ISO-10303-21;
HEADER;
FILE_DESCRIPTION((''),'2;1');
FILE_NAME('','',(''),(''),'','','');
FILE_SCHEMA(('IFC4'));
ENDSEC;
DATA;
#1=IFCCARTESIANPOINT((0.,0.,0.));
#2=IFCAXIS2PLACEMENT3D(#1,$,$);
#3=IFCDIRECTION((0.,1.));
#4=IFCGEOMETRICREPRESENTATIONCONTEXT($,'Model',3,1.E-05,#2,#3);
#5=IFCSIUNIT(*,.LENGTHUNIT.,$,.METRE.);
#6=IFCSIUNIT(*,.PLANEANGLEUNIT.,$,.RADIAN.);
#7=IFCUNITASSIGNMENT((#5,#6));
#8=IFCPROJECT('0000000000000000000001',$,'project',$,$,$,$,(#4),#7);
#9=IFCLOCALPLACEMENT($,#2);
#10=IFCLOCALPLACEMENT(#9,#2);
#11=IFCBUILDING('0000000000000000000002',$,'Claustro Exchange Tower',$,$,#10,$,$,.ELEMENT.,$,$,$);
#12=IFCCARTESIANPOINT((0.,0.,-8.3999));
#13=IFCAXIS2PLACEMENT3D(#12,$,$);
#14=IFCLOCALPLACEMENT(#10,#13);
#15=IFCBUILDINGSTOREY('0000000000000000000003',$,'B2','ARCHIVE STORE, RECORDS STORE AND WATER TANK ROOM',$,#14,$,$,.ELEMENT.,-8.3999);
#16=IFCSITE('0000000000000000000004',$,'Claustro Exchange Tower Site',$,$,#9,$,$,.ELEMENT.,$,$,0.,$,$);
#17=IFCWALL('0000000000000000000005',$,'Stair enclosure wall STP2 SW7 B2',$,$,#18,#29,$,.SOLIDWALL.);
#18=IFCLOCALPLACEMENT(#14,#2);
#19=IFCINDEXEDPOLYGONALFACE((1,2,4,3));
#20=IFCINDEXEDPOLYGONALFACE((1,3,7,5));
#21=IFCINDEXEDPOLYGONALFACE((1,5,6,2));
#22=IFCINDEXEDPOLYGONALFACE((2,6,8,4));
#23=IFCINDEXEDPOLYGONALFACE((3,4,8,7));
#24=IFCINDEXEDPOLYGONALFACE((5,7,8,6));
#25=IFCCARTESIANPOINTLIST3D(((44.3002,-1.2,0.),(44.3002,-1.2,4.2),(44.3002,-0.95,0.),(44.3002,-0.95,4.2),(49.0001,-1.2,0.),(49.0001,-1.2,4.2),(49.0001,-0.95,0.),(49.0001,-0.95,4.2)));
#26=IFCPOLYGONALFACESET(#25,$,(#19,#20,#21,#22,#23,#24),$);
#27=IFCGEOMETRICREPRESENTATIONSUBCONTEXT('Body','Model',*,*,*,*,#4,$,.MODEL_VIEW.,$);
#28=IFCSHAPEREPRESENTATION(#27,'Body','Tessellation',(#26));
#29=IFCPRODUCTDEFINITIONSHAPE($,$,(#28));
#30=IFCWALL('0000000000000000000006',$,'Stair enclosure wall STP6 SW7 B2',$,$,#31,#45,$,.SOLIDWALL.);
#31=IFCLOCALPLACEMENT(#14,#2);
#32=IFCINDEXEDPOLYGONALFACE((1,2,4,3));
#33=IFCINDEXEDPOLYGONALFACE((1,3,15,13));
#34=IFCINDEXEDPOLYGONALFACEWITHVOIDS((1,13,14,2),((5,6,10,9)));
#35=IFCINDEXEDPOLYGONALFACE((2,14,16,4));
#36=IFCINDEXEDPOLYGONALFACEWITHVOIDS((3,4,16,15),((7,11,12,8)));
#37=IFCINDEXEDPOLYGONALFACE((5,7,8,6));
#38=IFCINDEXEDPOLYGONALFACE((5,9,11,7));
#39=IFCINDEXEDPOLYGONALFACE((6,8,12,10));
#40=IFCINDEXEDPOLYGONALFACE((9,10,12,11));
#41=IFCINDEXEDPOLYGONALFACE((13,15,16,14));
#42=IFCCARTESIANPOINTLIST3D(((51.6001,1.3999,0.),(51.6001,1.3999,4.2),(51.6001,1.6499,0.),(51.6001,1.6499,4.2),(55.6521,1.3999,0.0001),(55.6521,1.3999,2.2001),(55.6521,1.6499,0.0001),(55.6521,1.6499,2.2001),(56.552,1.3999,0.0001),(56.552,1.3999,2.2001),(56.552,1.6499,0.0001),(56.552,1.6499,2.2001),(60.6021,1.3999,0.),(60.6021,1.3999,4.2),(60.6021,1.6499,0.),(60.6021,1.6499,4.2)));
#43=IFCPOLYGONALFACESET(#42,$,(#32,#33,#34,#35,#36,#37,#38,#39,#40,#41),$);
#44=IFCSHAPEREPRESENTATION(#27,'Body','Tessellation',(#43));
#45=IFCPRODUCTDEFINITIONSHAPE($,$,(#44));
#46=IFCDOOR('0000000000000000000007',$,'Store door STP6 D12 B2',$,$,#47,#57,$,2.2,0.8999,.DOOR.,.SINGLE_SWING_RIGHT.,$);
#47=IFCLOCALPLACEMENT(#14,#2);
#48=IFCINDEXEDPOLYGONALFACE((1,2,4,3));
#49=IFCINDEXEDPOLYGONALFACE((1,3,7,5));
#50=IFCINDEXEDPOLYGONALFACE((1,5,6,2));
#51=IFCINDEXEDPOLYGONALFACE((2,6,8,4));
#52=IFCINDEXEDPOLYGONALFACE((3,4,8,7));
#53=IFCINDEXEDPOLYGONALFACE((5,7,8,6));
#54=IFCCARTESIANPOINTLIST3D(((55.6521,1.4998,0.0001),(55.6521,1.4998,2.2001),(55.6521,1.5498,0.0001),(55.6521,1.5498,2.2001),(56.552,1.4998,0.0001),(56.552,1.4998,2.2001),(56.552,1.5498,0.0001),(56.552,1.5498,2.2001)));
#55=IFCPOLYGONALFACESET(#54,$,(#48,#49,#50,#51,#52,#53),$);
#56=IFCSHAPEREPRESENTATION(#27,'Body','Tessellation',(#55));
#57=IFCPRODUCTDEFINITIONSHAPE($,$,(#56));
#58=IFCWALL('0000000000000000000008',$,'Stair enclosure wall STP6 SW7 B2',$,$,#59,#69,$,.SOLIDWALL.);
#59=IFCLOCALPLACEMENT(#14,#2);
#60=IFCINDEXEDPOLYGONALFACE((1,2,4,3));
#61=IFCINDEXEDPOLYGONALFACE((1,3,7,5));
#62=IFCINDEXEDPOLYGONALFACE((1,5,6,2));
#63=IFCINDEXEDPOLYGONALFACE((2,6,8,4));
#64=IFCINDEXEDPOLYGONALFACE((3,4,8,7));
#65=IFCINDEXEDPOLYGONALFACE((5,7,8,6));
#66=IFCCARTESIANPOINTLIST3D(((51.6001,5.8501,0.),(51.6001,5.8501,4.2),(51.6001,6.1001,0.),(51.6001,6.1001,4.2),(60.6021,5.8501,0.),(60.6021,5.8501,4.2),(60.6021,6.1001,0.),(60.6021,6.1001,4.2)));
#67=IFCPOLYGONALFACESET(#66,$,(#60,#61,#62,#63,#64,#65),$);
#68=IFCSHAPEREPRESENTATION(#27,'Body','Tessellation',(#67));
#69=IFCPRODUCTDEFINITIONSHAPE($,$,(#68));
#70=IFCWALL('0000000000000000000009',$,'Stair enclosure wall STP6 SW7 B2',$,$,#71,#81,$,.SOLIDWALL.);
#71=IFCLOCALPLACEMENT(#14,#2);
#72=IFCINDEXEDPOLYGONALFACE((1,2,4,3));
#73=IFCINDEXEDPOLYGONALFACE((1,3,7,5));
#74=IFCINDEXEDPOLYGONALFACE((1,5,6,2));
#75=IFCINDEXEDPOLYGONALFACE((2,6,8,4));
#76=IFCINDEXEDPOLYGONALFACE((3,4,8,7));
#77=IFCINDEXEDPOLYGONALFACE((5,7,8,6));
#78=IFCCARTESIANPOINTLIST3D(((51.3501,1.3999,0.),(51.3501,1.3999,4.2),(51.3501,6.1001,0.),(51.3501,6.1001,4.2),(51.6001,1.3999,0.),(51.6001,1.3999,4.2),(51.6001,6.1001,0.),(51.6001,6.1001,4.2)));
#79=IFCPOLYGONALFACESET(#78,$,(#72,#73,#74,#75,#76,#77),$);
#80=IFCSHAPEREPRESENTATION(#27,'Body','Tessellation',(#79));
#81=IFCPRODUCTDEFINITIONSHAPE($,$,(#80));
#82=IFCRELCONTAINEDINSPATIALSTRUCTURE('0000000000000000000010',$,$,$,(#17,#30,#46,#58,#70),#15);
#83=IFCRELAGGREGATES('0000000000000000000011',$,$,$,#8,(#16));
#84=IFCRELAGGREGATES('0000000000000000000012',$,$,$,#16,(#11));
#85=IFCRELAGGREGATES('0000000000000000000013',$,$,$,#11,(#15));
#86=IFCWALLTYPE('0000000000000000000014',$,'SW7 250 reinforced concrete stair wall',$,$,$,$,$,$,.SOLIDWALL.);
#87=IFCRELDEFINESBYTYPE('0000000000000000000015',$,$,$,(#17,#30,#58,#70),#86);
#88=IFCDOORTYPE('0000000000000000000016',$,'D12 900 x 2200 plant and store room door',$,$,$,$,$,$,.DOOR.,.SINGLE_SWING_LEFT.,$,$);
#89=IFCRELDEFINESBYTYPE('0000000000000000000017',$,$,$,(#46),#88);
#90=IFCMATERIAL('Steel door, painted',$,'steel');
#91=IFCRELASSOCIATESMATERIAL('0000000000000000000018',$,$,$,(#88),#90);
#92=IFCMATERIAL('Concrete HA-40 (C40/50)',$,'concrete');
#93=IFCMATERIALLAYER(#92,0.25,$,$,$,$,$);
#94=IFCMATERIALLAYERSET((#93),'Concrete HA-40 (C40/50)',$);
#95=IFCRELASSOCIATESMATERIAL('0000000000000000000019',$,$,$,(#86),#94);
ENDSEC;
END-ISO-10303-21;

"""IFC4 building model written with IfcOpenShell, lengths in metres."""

from ifc_helpers import new_model, si_unit, direction, frame, frame_2d, origin, place, context, subcontext, project, spatial, rectangle, extrude, material, layer, layer_set, type_object, element, fill, save


model = new_model("IFC4")

# Units and contexts
model_context = context("Model", 3, precision=1e-05, world=origin(), true_north=direction((0.0, 1.0)))
body_context = subcontext(model_context, "Body", "Model", "MODEL_VIEW")
ifc_project = project(units=[si_unit("LENGTHUNIT", "METRE"), si_unit("PLANEANGLEUNIT", "RADIAN")], contexts=[model_context])

# Site, building, storey
site_placement = place(None, origin())
site = spatial("IfcSite", under=ifc_project, at=site_placement, Name="Claustro Exchange Tower Site", CompositionType="ELEMENT", RefElevation=0.0)
building_placement = place(site_placement, origin())
building = spatial("IfcBuilding", under=site, at=building_placement, Name="Claustro Exchange Tower", CompositionType="ELEMENT")
storey_placement = place(building_placement, frame((0.0, 0.0, -8.3999)))
storey = spatial("IfcBuildingStorey", under=building, at=storey_placement, Name="B2", Description="ARCHIVE STORE, RECORDS STORE AND WATER TANK ROOM", CompositionType="ELEMENT", Elevation=-8.3999)

# Shared definitions
ifc_material_1 = material(Name="Steel door, painted", Category="steel")
door_type = type_object("IfcDoorType", Name="D12 900 x 2200 plant and store room door", OperationType="SINGLE_SWING_LEFT", PredefinedType="DOOR", material=ifc_material_1)

# Shared definitions
ifc_material_2 = material(Name="Concrete HA-40 (C40/50)", Category="concrete")
ifc_layer_1 = layer(ifc_material_2, 0.25)
ifc_layer_set_1 = layer_set([ifc_layer_1], Name="Concrete HA-40 (C40/50)")
wall_type_1 = type_object("IfcWallType", Name="SW7 250 reinforced concrete stair wall", PredefinedType="SOLIDWALL", material=ifc_layer_set_1)

# Wall
wall_1_placement = place(storey_placement, frame((44.3, -1.075, 0.0), z_axis=(0.0, 0.0, 1.0), x_axis=(1.0, 0.0, 0.0)))
element("IfcWall", 1, at=wall_1_placement, inside=storey, type_object=wall_type_1, Name="Stair enclosure wall STP2 SW7 B2", PredefinedType="SOLIDWALL", context=body_context, shape_type="SweptSolid", body=[
    extrude(rectangle(XDim=4.7, YDim=0.25, at=frame_2d((2.3501, 0.0))), origin(), (0.0, 0.0, 1.0), 4.2),
])

# Wall, opening, door
wall_2_placement = place(storey_placement, frame((60.6021, 1.5249, 0.0), z_axis=(0.0, 0.0, 1.0), x_axis=(-1.0, 0.0, 0.0)))
wall_2 = element("IfcWall", 2, at=wall_2_placement, inside=storey, type_object=wall_type_1, Name="Stair enclosure wall STP6 SW7 B2", PredefinedType="SOLIDWALL", context=body_context, shape_type="SweptSolid", body=[
    extrude(rectangle(XDim=9.002, YDim=0.25, at=frame_2d((4.501, 0.0))), origin(), (0.0, 0.0, 1.0), 4.2),
])
opening_1_placement = place(wall_2_placement, frame((4.05, 0.0, 0.0)))
opening_1 = element("IfcOpeningElement", 3, at=opening_1_placement, cuts=wall_2, PredefinedType="OPENING", context=body_context, shape_type="SweptSolid", body=[
    extrude(rectangle(XDim=0.8999, YDim=2.2, at=frame_2d((0.45, 1.1001))), frame((0.0, 0.135, 0.0), z_axis=(0.0, -1.0, 0.0), x_axis=(1.0, 0.0, 0.0)), (0.0, 0.0, 1.0), 0.27),
])
door_1_placement = place(opening_1_placement, frame((0.8999, 0.0, 0.0), z_axis=(0.0, 0.0, 1.0), x_axis=(-1.0, 0.0, 0.0)))
door_1 = element("IfcDoor", 4, at=door_1_placement, inside=storey, type_object=door_type, Name="Store door STP6 D12 B2", OperationType="SINGLE_SWING_RIGHT", OverallHeight=2.2, OverallWidth=0.8999, PredefinedType="DOOR", context=body_context, shape_type="SweptSolid", body=[
    extrude(rectangle(XDim=0.8999, YDim=2.2, at=frame_2d((0.45, 1.1001))), frame((0.0, 0.0249, 0.0), z_axis=(0.0, -1.0, 0.0), x_axis=(1.0, 0.0, 0.0)), (0.0, 0.0, 1.0), 0.05),
])
fill(opening_1, door_1)

# Walls
wall_3_placement = place(storey_placement, frame((60.6021, 5.9751, 0.0), z_axis=(0.0, 0.0, 1.0), x_axis=(-1.0, 0.0, 0.0)))
element("IfcWall", 5, at=wall_3_placement, inside=storey, type_object=wall_type_1, Name="Stair enclosure wall STP6 SW7 B2", PredefinedType="SOLIDWALL", context=body_context, shape_type="SweptSolid", body=[
    extrude(rectangle(XDim=9.002, YDim=0.25, at=frame_2d((4.501, 0.0))), origin(), (0.0, 0.0, 1.0), 4.2),
])
wall_4_placement = place(storey_placement, frame((51.4751, 1.3999, 0.0), z_axis=(0.0, 0.0, 1.0), x_axis=(0.0, 1.0, 0.0)))
element("IfcWall", 6, at=wall_4_placement, inside=storey, type_object=wall_type_1, Name="Stair enclosure wall STP6 SW7 B2", PredefinedType="SOLIDWALL", context=body_context, shape_type="SweptSolid", body=[
    extrude(rectangle(XDim=4.7002, YDim=0.25, at=frame_2d((2.3501, 0.0))), origin(), (0.0, 0.0, 1.0), 4.2),
])

save(model, "model.ifc")
